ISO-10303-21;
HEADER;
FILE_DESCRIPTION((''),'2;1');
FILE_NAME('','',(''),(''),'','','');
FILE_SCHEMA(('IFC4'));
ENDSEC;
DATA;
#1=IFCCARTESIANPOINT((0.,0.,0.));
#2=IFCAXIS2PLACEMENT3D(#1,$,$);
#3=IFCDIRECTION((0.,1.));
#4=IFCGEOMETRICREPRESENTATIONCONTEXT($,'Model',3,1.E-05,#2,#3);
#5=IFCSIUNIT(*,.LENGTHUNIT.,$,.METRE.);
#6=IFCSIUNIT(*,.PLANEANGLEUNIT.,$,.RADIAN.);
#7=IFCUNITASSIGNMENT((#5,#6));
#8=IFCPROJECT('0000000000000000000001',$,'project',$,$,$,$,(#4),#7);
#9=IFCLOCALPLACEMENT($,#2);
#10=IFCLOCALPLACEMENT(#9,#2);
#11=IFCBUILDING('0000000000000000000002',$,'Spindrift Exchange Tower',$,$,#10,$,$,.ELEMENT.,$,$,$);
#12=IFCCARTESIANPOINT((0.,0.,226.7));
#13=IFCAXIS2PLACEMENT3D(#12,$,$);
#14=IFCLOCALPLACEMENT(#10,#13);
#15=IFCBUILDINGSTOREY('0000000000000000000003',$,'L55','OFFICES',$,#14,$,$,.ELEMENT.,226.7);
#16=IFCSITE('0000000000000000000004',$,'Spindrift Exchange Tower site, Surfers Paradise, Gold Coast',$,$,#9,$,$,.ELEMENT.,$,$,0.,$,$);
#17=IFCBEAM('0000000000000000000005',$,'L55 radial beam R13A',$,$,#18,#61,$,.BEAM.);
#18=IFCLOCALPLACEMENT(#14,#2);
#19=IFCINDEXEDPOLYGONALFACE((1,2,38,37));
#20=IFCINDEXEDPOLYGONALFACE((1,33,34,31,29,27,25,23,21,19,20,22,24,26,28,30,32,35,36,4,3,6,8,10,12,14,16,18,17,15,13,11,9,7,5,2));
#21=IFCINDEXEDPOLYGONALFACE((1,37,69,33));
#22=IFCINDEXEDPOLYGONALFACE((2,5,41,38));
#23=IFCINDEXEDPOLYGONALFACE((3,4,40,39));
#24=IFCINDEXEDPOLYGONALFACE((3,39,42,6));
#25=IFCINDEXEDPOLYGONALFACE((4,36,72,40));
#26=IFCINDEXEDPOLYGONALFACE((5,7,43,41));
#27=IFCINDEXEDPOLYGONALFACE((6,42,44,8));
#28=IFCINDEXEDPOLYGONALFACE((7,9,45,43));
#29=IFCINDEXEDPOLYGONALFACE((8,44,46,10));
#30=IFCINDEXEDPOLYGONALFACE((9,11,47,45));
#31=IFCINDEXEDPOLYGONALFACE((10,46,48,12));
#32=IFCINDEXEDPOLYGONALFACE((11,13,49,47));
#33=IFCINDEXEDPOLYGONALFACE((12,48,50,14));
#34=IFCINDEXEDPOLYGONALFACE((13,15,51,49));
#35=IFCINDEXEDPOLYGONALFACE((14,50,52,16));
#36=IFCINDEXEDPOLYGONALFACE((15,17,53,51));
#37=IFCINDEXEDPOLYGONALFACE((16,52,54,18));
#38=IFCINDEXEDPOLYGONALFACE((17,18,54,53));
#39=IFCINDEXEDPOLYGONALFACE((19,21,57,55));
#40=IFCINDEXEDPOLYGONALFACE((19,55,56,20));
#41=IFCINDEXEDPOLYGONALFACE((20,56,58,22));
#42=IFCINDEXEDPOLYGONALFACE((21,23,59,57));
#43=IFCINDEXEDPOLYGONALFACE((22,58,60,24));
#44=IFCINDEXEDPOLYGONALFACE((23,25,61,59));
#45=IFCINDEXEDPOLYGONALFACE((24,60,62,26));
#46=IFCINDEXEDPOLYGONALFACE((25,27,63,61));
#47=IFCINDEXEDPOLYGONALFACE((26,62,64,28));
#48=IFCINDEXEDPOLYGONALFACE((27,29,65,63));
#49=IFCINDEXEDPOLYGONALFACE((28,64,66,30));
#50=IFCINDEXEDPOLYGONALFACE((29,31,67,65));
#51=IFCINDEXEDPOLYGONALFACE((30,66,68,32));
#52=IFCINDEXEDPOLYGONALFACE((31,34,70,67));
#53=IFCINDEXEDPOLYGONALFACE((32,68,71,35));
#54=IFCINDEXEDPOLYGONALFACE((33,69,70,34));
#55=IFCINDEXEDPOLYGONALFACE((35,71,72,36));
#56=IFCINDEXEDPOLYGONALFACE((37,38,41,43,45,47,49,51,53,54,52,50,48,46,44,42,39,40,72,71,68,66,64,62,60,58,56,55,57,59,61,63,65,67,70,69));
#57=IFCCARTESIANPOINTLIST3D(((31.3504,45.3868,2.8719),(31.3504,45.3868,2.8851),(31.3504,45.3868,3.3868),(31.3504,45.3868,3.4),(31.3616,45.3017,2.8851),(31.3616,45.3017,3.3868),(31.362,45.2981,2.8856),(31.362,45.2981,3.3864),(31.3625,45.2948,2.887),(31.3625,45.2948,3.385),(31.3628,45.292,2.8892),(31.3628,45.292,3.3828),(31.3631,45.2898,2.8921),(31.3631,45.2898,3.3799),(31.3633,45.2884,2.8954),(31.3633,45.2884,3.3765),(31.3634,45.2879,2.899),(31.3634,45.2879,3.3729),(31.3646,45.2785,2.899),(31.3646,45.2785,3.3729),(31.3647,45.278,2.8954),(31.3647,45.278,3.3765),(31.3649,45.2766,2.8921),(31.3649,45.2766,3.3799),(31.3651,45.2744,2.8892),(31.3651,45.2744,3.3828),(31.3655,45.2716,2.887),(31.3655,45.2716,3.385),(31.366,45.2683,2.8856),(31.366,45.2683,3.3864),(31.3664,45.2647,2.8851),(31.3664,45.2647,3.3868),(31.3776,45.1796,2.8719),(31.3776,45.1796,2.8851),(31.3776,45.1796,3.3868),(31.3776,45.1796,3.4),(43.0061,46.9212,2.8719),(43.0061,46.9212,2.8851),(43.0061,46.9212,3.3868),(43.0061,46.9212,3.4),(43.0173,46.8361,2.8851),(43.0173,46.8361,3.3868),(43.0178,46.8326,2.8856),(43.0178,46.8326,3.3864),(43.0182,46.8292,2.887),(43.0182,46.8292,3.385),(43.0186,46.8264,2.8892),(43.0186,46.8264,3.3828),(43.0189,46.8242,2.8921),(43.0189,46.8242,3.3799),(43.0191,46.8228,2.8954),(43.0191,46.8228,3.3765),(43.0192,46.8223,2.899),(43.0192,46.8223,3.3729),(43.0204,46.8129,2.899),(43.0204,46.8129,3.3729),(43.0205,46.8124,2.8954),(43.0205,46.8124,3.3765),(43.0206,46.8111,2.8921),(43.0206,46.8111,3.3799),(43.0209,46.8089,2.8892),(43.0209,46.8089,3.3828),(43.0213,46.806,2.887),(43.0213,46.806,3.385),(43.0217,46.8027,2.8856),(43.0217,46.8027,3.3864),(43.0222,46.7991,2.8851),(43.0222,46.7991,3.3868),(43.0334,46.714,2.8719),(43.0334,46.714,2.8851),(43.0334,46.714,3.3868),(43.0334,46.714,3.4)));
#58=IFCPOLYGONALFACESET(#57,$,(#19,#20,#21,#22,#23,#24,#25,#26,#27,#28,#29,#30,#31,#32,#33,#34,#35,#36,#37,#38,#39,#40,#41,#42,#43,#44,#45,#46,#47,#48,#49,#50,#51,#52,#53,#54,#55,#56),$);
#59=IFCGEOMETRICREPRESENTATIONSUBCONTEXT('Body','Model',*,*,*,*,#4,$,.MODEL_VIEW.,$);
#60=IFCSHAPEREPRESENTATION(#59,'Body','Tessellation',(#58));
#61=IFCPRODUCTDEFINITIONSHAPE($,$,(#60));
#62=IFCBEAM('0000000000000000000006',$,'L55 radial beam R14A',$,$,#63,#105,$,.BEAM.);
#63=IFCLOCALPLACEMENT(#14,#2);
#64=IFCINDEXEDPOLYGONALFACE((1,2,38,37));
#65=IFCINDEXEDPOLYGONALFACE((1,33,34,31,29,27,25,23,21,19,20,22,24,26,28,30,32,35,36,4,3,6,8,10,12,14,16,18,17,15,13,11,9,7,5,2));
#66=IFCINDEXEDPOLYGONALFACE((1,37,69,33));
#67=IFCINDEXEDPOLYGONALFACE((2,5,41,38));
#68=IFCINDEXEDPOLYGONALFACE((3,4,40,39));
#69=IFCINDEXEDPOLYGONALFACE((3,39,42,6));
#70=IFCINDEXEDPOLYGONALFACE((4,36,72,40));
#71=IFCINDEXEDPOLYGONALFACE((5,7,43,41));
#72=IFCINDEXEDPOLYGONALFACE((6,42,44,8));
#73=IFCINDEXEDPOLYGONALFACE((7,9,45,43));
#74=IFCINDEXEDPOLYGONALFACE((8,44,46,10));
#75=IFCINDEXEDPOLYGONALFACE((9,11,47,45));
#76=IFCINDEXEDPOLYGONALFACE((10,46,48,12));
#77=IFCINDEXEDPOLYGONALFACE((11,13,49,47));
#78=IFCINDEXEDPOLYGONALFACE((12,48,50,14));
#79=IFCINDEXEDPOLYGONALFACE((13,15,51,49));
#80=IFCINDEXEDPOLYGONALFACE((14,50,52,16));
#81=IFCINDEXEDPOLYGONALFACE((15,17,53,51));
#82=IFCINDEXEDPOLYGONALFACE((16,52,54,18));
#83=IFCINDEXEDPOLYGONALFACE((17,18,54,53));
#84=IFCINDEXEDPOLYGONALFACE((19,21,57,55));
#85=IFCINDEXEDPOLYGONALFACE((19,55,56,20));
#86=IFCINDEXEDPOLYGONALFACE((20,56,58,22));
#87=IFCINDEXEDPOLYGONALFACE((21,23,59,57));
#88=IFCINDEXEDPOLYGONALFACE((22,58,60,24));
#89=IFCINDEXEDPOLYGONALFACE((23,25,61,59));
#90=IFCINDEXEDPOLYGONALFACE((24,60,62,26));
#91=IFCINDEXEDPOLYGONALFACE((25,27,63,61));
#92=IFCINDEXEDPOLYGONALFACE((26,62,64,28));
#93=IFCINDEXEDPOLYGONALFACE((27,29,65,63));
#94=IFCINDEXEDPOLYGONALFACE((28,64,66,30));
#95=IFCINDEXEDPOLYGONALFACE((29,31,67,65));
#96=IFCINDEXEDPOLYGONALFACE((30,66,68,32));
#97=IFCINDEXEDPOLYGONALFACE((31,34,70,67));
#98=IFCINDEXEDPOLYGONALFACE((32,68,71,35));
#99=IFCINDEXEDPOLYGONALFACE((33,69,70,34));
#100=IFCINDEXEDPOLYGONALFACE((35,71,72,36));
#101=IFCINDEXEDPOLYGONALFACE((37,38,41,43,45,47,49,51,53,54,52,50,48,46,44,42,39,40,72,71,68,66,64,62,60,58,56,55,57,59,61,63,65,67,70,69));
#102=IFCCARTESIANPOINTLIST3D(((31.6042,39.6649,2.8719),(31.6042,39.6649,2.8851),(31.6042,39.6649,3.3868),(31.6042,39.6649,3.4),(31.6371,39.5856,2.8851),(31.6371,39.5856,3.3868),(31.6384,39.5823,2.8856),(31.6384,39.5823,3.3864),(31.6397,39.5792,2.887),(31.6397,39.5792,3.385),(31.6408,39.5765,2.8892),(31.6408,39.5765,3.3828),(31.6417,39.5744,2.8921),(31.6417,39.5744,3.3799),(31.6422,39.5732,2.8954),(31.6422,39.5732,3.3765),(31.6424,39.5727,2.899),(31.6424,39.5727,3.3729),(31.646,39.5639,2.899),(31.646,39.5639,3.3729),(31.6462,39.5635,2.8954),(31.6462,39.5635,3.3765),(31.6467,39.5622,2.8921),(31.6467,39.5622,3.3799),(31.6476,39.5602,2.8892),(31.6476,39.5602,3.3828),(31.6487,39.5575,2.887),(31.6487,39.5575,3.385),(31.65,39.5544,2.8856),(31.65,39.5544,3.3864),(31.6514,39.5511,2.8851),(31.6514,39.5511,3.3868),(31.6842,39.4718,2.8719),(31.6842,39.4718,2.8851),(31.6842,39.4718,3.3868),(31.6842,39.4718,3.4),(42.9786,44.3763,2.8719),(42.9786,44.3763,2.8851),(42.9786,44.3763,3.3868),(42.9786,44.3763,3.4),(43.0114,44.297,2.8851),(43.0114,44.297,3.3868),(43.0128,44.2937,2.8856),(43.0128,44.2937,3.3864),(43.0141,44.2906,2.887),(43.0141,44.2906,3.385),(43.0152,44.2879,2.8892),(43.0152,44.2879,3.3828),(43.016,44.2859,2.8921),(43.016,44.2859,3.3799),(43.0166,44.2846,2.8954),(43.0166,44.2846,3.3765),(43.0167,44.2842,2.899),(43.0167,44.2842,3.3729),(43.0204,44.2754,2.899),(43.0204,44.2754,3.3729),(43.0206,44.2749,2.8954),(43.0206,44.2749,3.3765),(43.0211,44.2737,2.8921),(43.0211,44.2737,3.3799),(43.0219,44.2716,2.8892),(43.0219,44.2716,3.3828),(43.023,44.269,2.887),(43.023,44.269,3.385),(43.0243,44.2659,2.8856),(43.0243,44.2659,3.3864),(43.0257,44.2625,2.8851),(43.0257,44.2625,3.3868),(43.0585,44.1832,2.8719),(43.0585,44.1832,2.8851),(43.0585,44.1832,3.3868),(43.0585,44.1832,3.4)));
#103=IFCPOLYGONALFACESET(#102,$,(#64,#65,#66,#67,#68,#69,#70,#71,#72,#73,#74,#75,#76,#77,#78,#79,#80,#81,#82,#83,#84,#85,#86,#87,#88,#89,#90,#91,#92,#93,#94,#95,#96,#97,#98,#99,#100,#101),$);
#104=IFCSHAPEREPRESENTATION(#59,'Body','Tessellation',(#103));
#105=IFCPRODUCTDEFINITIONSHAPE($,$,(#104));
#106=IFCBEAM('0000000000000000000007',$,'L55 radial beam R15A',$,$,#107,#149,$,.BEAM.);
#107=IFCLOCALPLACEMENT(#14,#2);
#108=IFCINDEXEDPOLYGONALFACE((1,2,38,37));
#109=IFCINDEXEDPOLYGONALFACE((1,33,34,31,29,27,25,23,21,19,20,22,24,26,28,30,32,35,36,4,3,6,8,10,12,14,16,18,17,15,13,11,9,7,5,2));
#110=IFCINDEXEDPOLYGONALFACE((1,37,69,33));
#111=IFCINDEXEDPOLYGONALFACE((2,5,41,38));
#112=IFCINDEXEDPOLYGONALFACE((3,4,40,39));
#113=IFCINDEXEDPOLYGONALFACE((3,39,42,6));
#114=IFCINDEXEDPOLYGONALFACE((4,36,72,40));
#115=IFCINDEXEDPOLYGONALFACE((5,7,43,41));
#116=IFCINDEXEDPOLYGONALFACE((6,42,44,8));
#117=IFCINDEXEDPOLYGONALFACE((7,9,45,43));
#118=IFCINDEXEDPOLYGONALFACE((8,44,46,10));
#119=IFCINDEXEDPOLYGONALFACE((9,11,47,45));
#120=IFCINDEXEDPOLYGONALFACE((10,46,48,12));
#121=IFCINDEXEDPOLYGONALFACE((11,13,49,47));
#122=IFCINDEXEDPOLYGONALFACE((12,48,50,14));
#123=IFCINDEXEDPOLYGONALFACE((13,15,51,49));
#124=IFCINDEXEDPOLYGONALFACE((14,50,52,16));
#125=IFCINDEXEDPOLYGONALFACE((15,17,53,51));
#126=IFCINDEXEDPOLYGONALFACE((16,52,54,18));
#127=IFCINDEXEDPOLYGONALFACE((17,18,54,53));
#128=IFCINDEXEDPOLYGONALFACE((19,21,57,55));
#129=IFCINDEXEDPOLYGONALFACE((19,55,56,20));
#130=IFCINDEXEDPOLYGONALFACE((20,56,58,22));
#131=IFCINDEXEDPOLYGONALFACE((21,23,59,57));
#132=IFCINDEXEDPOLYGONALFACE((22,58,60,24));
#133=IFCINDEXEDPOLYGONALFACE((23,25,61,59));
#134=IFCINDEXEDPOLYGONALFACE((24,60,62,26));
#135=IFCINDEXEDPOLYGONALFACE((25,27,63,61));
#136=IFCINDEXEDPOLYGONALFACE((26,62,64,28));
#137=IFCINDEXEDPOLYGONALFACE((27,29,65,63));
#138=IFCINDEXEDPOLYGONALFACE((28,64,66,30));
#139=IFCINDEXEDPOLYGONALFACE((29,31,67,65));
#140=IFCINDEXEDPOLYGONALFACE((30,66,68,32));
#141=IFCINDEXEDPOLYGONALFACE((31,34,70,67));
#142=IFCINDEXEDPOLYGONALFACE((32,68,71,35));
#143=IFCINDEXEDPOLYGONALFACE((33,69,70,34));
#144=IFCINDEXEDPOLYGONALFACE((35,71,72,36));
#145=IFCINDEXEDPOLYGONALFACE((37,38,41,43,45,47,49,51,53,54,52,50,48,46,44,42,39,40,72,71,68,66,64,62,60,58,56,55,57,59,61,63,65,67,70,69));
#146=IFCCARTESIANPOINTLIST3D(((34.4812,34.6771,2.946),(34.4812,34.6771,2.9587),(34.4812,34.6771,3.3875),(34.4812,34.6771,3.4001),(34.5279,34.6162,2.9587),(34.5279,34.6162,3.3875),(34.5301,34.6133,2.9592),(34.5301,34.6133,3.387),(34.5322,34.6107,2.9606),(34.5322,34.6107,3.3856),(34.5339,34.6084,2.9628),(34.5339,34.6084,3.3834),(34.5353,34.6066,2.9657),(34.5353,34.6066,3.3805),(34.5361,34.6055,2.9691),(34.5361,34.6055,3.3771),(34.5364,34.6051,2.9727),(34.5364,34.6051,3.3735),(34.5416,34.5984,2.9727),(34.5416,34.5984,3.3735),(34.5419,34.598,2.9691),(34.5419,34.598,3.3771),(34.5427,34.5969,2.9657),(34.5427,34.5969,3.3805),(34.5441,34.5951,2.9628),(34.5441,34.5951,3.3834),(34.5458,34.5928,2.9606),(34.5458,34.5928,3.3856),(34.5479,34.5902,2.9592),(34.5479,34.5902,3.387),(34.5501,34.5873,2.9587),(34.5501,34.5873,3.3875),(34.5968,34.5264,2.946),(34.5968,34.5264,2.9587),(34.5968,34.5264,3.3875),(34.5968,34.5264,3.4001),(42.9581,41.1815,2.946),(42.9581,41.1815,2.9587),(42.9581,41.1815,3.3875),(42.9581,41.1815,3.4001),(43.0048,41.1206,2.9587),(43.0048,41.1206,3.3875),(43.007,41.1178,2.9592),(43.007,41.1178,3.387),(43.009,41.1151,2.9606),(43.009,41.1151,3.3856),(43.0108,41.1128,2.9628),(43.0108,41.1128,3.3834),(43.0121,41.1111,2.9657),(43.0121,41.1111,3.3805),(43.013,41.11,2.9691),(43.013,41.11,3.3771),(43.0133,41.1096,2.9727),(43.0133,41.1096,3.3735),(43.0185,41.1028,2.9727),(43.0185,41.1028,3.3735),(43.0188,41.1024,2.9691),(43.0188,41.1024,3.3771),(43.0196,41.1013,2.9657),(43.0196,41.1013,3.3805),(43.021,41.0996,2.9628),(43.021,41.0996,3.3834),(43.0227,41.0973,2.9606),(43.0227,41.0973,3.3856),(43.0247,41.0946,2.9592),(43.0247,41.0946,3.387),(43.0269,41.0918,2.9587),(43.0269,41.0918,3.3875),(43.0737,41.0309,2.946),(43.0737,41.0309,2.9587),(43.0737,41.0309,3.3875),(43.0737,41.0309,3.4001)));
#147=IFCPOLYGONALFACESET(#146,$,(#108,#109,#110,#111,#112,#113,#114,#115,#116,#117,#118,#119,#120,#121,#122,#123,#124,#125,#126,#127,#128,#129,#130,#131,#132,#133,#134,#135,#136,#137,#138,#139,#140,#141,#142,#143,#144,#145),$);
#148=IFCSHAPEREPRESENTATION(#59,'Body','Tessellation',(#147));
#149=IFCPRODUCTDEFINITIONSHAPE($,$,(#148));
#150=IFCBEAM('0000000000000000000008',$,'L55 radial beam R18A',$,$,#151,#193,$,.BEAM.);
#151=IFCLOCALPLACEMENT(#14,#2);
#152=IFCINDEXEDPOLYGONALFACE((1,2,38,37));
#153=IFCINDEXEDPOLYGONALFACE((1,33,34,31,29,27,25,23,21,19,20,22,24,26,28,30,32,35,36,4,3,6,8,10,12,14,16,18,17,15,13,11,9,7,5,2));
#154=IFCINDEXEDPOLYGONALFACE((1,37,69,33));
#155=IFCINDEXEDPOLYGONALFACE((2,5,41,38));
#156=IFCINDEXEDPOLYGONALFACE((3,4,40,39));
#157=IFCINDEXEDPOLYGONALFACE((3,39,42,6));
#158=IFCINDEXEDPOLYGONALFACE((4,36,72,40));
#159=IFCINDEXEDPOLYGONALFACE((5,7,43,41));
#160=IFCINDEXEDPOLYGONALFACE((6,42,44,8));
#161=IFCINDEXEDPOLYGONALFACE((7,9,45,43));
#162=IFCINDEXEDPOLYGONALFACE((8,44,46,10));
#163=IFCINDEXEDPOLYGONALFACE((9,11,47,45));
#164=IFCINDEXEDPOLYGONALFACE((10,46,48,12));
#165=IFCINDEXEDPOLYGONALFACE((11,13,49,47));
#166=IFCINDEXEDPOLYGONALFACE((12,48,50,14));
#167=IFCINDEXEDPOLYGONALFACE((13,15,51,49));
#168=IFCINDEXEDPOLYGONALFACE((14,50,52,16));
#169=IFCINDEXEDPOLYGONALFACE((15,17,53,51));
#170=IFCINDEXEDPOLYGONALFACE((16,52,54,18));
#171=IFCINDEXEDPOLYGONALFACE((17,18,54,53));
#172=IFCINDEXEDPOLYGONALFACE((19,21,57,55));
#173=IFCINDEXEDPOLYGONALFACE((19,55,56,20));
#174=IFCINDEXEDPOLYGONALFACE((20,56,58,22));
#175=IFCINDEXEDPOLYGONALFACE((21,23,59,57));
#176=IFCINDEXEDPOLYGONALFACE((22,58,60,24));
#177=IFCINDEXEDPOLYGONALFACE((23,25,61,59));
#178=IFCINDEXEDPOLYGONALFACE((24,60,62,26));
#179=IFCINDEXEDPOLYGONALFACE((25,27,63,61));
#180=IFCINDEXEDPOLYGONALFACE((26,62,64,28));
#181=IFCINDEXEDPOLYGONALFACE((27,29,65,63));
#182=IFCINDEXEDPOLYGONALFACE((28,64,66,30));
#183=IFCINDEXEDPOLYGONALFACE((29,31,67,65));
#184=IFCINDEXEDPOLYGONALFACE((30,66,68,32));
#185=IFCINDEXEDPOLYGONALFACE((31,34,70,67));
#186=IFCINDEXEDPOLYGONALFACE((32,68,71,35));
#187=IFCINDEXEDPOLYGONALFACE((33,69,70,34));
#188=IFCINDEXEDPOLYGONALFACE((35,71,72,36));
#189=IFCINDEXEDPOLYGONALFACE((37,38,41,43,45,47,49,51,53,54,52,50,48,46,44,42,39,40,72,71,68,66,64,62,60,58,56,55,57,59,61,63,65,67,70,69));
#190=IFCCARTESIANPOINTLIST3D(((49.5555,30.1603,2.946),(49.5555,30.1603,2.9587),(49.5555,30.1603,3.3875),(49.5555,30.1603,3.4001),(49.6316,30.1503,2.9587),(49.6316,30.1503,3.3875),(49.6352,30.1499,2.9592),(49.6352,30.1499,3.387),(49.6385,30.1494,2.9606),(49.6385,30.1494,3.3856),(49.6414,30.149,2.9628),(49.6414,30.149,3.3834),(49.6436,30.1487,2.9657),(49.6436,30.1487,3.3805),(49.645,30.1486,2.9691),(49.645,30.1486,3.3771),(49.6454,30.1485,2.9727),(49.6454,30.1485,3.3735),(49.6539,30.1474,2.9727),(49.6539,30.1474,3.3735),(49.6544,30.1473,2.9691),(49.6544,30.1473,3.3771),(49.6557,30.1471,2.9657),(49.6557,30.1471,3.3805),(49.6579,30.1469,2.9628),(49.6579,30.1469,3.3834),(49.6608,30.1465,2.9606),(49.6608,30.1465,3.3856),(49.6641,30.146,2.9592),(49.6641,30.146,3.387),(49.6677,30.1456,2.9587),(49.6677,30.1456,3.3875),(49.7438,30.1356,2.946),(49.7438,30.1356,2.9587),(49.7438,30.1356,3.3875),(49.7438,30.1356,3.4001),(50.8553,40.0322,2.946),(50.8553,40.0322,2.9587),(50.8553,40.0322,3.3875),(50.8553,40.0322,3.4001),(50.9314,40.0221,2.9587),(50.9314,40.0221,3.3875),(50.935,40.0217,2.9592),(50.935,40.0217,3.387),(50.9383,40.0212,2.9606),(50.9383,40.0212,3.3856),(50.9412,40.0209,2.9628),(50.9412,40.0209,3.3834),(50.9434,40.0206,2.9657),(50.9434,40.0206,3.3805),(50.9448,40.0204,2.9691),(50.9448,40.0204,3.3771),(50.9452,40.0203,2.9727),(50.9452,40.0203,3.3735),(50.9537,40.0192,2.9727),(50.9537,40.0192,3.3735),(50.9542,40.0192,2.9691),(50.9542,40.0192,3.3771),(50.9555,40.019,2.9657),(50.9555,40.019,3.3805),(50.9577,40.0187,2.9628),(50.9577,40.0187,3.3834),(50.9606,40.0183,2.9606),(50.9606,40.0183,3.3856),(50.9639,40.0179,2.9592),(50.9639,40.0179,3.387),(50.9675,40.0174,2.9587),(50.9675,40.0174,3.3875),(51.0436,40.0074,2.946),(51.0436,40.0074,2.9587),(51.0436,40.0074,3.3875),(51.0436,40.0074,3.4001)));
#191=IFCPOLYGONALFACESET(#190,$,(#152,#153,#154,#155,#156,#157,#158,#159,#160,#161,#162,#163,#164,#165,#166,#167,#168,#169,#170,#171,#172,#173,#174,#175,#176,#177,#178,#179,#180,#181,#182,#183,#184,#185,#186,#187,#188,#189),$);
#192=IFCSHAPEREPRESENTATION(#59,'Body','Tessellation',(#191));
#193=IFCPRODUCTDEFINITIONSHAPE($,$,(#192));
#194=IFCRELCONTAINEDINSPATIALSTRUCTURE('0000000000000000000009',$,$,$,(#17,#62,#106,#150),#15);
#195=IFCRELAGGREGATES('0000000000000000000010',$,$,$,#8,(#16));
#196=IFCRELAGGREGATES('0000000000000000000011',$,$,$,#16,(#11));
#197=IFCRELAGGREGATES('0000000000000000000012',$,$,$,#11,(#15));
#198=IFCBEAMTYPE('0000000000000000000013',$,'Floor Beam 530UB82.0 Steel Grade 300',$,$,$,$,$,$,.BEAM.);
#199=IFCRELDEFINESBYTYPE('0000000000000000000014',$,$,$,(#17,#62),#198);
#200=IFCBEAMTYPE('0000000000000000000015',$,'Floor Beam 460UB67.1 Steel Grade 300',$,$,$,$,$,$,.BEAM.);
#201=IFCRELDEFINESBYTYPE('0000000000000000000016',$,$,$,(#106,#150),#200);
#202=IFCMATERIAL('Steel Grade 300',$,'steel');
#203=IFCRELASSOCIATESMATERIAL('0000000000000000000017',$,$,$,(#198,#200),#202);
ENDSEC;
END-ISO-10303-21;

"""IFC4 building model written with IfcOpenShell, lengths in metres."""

from ifc_helpers import new_model, si_unit, direction, frame, origin, origin_2d, place, context, subcontext, project, spatial, i_section, extrude, source, transform, mapped, material, material_profile, profile_set, type_object, element, save


model = new_model("IFC4")

# Units and contexts
model_context = context("Model", 3, precision=1e-05, world=origin(), true_north=direction((0.0, 1.0)))
body_context = subcontext(model_context, "Body", "Model", "MODEL_VIEW")
ifc_project = project(units=[si_unit("LENGTHUNIT", "METRE"), si_unit("PLANEANGLEUNIT", "RADIAN")], contexts=[model_context])

# Site, building, storey
site_placement = place(None, origin())
site = spatial("IfcSite", under=ifc_project, at=site_placement, Name="Spindrift Exchange Tower site, Surfers Paradise, Gold Coast", CompositionType="ELEMENT", RefElevation=0.0)
building_placement = place(site_placement, origin())
building = spatial("IfcBuilding", under=site, at=building_placement, Name="Spindrift Exchange Tower", CompositionType="ELEMENT")
storey_placement = place(building_placement, frame((0.0, 0.0, 226.7)))
storey = spatial("IfcBuildingStorey", under=building, at=storey_placement, Name="L55", Description="OFFICES", CompositionType="ELEMENT", Elevation=226.7)

# Beams
ifc_material_1 = material(Name="Steel Grade 300", Category="steel")
ifc_material_profile_1 = material_profile(ifc_material_1, i_section(OverallWidth=0.209, OverallDepth=0.5281, WebThickness=0.0095, FlangeThickness=0.0132, FilletRadius=0.0139, at=origin_2d()), Name="530UB82.0")
ifc_profile_set_1 = profile_set([ifc_material_profile_1], Name="Steel Grade 300")
beam_type_1 = type_object("IfcBeamType", Name="Floor Beam 530UB82.0 Steel Grade 300", PredefinedType="BEAM", material=ifc_profile_set_1)
shared_shape_1 = source(origin(), body_context, "Body", "SweptSolid", [
    extrude(i_section(OverallWidth=0.209, OverallDepth=0.5281, WebThickness=0.0095, FlangeThickness=0.0132, FilletRadius=0.0139, at=origin_2d()), origin(), (0.0, 0.0, 1.0), 11.7563),
])
beam_1_placement = place(storey_placement, frame((43.0198, 46.8176, 3.136), z_axis=(-0.991446, -0.130519, 0.0), x_axis=(0.130519, -0.991446, 0.0)))
element("IfcBeam", 1, at=beam_1_placement, inside=storey, type_object=beam_type_1, Name="L55 radial beam R13A", PredefinedType="BEAM", context=body_context, shape_type="MappedRepresentation", body=[
    mapped(shared_shape_1, transform((0.0, 0.0, 0.0), scale=1.0)),
])
shared_shape_2 = source(origin(), body_context, "Body", "SweptSolid", [
    extrude(i_section(OverallWidth=0.209, OverallDepth=0.5281, WebThickness=0.0095, FlangeThickness=0.0132, FilletRadius=0.0139, at=origin_2d()), origin(), (0.0, 0.0, 1.0), 12.3115),
])
beam_2_placement = place(storey_placement, frame((43.0186, 44.2798, 3.136), z_axis=(-0.923878, -0.382687, 0.0), x_axis=(0.382687, -0.923878, 0.0)))
element("IfcBeam", 2, at=beam_2_placement, inside=storey, type_object=beam_type_1, Name="L55 radial beam R14A", PredefinedType="BEAM", context=body_context, shape_type="MappedRepresentation", body=[
    mapped(shared_shape_2, transform((0.0, 0.0, 0.0), scale=1.0)),
])
ifc_material_profile_2 = material_profile(ifc_material_1, i_section(OverallWidth=0.1899, OverallDepth=0.4541, WebThickness=0.0085, FlangeThickness=0.0127, FilletRadius=0.0139, at=origin_2d()), Name="460UB67.1")
ifc_profile_set_2 = profile_set([ifc_material_profile_2], Name="Steel Grade 300")
beam_type_2 = type_object("IfcBeamType", Name="Floor Beam 460UB67.1 Steel Grade 300", PredefinedType="BEAM", material=ifc_profile_set_2)
shared_shape_3 = source(origin(), body_context, "Body", "SweptSolid", [
    extrude(i_section(OverallWidth=0.1899, OverallDepth=0.4541, WebThickness=0.0085, FlangeThickness=0.0127, FilletRadius=0.0139, at=origin_2d()), origin(), (0.0, 0.0, 1.0), 10.6848),
])
beam_3_placement = place(storey_placement, frame((43.0159, 41.1062, 3.1731), z_axis=(-0.793357, -0.608756, 0.0), x_axis=(0.608756, -0.793357, 0.0)))
element("IfcBeam", 3, at=beam_3_placement, inside=storey, type_object=beam_type_2, Name="L55 radial beam R15A", PredefinedType="BEAM", context=body_context, shape_type="MappedRepresentation", body=[
    mapped(shared_shape_3, transform((0.0, 0.0, 0.0), scale=1.0)),
])
shared_shape_4 = source(origin(), body_context, "Body", "SweptSolid", [
    extrude(i_section(OverallWidth=0.1899, OverallDepth=0.4541, WebThickness=0.0085, FlangeThickness=0.0127, FilletRadius=0.0139, at=origin_2d()), origin(), (0.0, 0.0, 1.0), 9.957),
])
beam_4_placement = place(storey_placement, frame((50.9495, 40.0198, 3.1731), z_axis=(-0.130541, -0.991443, 0.0), x_axis=(0.991443, -0.130541, 0.0)))
element("IfcBeam", 4, at=beam_4_placement, inside=storey, type_object=beam_type_2, Name="L55 radial beam R18A", PredefinedType="BEAM", context=body_context, shape_type="MappedRepresentation", body=[
    mapped(shared_shape_4, transform((0.0, 0.0, 0.0), scale=1.0)),
])

save(model, "model.ifc")
